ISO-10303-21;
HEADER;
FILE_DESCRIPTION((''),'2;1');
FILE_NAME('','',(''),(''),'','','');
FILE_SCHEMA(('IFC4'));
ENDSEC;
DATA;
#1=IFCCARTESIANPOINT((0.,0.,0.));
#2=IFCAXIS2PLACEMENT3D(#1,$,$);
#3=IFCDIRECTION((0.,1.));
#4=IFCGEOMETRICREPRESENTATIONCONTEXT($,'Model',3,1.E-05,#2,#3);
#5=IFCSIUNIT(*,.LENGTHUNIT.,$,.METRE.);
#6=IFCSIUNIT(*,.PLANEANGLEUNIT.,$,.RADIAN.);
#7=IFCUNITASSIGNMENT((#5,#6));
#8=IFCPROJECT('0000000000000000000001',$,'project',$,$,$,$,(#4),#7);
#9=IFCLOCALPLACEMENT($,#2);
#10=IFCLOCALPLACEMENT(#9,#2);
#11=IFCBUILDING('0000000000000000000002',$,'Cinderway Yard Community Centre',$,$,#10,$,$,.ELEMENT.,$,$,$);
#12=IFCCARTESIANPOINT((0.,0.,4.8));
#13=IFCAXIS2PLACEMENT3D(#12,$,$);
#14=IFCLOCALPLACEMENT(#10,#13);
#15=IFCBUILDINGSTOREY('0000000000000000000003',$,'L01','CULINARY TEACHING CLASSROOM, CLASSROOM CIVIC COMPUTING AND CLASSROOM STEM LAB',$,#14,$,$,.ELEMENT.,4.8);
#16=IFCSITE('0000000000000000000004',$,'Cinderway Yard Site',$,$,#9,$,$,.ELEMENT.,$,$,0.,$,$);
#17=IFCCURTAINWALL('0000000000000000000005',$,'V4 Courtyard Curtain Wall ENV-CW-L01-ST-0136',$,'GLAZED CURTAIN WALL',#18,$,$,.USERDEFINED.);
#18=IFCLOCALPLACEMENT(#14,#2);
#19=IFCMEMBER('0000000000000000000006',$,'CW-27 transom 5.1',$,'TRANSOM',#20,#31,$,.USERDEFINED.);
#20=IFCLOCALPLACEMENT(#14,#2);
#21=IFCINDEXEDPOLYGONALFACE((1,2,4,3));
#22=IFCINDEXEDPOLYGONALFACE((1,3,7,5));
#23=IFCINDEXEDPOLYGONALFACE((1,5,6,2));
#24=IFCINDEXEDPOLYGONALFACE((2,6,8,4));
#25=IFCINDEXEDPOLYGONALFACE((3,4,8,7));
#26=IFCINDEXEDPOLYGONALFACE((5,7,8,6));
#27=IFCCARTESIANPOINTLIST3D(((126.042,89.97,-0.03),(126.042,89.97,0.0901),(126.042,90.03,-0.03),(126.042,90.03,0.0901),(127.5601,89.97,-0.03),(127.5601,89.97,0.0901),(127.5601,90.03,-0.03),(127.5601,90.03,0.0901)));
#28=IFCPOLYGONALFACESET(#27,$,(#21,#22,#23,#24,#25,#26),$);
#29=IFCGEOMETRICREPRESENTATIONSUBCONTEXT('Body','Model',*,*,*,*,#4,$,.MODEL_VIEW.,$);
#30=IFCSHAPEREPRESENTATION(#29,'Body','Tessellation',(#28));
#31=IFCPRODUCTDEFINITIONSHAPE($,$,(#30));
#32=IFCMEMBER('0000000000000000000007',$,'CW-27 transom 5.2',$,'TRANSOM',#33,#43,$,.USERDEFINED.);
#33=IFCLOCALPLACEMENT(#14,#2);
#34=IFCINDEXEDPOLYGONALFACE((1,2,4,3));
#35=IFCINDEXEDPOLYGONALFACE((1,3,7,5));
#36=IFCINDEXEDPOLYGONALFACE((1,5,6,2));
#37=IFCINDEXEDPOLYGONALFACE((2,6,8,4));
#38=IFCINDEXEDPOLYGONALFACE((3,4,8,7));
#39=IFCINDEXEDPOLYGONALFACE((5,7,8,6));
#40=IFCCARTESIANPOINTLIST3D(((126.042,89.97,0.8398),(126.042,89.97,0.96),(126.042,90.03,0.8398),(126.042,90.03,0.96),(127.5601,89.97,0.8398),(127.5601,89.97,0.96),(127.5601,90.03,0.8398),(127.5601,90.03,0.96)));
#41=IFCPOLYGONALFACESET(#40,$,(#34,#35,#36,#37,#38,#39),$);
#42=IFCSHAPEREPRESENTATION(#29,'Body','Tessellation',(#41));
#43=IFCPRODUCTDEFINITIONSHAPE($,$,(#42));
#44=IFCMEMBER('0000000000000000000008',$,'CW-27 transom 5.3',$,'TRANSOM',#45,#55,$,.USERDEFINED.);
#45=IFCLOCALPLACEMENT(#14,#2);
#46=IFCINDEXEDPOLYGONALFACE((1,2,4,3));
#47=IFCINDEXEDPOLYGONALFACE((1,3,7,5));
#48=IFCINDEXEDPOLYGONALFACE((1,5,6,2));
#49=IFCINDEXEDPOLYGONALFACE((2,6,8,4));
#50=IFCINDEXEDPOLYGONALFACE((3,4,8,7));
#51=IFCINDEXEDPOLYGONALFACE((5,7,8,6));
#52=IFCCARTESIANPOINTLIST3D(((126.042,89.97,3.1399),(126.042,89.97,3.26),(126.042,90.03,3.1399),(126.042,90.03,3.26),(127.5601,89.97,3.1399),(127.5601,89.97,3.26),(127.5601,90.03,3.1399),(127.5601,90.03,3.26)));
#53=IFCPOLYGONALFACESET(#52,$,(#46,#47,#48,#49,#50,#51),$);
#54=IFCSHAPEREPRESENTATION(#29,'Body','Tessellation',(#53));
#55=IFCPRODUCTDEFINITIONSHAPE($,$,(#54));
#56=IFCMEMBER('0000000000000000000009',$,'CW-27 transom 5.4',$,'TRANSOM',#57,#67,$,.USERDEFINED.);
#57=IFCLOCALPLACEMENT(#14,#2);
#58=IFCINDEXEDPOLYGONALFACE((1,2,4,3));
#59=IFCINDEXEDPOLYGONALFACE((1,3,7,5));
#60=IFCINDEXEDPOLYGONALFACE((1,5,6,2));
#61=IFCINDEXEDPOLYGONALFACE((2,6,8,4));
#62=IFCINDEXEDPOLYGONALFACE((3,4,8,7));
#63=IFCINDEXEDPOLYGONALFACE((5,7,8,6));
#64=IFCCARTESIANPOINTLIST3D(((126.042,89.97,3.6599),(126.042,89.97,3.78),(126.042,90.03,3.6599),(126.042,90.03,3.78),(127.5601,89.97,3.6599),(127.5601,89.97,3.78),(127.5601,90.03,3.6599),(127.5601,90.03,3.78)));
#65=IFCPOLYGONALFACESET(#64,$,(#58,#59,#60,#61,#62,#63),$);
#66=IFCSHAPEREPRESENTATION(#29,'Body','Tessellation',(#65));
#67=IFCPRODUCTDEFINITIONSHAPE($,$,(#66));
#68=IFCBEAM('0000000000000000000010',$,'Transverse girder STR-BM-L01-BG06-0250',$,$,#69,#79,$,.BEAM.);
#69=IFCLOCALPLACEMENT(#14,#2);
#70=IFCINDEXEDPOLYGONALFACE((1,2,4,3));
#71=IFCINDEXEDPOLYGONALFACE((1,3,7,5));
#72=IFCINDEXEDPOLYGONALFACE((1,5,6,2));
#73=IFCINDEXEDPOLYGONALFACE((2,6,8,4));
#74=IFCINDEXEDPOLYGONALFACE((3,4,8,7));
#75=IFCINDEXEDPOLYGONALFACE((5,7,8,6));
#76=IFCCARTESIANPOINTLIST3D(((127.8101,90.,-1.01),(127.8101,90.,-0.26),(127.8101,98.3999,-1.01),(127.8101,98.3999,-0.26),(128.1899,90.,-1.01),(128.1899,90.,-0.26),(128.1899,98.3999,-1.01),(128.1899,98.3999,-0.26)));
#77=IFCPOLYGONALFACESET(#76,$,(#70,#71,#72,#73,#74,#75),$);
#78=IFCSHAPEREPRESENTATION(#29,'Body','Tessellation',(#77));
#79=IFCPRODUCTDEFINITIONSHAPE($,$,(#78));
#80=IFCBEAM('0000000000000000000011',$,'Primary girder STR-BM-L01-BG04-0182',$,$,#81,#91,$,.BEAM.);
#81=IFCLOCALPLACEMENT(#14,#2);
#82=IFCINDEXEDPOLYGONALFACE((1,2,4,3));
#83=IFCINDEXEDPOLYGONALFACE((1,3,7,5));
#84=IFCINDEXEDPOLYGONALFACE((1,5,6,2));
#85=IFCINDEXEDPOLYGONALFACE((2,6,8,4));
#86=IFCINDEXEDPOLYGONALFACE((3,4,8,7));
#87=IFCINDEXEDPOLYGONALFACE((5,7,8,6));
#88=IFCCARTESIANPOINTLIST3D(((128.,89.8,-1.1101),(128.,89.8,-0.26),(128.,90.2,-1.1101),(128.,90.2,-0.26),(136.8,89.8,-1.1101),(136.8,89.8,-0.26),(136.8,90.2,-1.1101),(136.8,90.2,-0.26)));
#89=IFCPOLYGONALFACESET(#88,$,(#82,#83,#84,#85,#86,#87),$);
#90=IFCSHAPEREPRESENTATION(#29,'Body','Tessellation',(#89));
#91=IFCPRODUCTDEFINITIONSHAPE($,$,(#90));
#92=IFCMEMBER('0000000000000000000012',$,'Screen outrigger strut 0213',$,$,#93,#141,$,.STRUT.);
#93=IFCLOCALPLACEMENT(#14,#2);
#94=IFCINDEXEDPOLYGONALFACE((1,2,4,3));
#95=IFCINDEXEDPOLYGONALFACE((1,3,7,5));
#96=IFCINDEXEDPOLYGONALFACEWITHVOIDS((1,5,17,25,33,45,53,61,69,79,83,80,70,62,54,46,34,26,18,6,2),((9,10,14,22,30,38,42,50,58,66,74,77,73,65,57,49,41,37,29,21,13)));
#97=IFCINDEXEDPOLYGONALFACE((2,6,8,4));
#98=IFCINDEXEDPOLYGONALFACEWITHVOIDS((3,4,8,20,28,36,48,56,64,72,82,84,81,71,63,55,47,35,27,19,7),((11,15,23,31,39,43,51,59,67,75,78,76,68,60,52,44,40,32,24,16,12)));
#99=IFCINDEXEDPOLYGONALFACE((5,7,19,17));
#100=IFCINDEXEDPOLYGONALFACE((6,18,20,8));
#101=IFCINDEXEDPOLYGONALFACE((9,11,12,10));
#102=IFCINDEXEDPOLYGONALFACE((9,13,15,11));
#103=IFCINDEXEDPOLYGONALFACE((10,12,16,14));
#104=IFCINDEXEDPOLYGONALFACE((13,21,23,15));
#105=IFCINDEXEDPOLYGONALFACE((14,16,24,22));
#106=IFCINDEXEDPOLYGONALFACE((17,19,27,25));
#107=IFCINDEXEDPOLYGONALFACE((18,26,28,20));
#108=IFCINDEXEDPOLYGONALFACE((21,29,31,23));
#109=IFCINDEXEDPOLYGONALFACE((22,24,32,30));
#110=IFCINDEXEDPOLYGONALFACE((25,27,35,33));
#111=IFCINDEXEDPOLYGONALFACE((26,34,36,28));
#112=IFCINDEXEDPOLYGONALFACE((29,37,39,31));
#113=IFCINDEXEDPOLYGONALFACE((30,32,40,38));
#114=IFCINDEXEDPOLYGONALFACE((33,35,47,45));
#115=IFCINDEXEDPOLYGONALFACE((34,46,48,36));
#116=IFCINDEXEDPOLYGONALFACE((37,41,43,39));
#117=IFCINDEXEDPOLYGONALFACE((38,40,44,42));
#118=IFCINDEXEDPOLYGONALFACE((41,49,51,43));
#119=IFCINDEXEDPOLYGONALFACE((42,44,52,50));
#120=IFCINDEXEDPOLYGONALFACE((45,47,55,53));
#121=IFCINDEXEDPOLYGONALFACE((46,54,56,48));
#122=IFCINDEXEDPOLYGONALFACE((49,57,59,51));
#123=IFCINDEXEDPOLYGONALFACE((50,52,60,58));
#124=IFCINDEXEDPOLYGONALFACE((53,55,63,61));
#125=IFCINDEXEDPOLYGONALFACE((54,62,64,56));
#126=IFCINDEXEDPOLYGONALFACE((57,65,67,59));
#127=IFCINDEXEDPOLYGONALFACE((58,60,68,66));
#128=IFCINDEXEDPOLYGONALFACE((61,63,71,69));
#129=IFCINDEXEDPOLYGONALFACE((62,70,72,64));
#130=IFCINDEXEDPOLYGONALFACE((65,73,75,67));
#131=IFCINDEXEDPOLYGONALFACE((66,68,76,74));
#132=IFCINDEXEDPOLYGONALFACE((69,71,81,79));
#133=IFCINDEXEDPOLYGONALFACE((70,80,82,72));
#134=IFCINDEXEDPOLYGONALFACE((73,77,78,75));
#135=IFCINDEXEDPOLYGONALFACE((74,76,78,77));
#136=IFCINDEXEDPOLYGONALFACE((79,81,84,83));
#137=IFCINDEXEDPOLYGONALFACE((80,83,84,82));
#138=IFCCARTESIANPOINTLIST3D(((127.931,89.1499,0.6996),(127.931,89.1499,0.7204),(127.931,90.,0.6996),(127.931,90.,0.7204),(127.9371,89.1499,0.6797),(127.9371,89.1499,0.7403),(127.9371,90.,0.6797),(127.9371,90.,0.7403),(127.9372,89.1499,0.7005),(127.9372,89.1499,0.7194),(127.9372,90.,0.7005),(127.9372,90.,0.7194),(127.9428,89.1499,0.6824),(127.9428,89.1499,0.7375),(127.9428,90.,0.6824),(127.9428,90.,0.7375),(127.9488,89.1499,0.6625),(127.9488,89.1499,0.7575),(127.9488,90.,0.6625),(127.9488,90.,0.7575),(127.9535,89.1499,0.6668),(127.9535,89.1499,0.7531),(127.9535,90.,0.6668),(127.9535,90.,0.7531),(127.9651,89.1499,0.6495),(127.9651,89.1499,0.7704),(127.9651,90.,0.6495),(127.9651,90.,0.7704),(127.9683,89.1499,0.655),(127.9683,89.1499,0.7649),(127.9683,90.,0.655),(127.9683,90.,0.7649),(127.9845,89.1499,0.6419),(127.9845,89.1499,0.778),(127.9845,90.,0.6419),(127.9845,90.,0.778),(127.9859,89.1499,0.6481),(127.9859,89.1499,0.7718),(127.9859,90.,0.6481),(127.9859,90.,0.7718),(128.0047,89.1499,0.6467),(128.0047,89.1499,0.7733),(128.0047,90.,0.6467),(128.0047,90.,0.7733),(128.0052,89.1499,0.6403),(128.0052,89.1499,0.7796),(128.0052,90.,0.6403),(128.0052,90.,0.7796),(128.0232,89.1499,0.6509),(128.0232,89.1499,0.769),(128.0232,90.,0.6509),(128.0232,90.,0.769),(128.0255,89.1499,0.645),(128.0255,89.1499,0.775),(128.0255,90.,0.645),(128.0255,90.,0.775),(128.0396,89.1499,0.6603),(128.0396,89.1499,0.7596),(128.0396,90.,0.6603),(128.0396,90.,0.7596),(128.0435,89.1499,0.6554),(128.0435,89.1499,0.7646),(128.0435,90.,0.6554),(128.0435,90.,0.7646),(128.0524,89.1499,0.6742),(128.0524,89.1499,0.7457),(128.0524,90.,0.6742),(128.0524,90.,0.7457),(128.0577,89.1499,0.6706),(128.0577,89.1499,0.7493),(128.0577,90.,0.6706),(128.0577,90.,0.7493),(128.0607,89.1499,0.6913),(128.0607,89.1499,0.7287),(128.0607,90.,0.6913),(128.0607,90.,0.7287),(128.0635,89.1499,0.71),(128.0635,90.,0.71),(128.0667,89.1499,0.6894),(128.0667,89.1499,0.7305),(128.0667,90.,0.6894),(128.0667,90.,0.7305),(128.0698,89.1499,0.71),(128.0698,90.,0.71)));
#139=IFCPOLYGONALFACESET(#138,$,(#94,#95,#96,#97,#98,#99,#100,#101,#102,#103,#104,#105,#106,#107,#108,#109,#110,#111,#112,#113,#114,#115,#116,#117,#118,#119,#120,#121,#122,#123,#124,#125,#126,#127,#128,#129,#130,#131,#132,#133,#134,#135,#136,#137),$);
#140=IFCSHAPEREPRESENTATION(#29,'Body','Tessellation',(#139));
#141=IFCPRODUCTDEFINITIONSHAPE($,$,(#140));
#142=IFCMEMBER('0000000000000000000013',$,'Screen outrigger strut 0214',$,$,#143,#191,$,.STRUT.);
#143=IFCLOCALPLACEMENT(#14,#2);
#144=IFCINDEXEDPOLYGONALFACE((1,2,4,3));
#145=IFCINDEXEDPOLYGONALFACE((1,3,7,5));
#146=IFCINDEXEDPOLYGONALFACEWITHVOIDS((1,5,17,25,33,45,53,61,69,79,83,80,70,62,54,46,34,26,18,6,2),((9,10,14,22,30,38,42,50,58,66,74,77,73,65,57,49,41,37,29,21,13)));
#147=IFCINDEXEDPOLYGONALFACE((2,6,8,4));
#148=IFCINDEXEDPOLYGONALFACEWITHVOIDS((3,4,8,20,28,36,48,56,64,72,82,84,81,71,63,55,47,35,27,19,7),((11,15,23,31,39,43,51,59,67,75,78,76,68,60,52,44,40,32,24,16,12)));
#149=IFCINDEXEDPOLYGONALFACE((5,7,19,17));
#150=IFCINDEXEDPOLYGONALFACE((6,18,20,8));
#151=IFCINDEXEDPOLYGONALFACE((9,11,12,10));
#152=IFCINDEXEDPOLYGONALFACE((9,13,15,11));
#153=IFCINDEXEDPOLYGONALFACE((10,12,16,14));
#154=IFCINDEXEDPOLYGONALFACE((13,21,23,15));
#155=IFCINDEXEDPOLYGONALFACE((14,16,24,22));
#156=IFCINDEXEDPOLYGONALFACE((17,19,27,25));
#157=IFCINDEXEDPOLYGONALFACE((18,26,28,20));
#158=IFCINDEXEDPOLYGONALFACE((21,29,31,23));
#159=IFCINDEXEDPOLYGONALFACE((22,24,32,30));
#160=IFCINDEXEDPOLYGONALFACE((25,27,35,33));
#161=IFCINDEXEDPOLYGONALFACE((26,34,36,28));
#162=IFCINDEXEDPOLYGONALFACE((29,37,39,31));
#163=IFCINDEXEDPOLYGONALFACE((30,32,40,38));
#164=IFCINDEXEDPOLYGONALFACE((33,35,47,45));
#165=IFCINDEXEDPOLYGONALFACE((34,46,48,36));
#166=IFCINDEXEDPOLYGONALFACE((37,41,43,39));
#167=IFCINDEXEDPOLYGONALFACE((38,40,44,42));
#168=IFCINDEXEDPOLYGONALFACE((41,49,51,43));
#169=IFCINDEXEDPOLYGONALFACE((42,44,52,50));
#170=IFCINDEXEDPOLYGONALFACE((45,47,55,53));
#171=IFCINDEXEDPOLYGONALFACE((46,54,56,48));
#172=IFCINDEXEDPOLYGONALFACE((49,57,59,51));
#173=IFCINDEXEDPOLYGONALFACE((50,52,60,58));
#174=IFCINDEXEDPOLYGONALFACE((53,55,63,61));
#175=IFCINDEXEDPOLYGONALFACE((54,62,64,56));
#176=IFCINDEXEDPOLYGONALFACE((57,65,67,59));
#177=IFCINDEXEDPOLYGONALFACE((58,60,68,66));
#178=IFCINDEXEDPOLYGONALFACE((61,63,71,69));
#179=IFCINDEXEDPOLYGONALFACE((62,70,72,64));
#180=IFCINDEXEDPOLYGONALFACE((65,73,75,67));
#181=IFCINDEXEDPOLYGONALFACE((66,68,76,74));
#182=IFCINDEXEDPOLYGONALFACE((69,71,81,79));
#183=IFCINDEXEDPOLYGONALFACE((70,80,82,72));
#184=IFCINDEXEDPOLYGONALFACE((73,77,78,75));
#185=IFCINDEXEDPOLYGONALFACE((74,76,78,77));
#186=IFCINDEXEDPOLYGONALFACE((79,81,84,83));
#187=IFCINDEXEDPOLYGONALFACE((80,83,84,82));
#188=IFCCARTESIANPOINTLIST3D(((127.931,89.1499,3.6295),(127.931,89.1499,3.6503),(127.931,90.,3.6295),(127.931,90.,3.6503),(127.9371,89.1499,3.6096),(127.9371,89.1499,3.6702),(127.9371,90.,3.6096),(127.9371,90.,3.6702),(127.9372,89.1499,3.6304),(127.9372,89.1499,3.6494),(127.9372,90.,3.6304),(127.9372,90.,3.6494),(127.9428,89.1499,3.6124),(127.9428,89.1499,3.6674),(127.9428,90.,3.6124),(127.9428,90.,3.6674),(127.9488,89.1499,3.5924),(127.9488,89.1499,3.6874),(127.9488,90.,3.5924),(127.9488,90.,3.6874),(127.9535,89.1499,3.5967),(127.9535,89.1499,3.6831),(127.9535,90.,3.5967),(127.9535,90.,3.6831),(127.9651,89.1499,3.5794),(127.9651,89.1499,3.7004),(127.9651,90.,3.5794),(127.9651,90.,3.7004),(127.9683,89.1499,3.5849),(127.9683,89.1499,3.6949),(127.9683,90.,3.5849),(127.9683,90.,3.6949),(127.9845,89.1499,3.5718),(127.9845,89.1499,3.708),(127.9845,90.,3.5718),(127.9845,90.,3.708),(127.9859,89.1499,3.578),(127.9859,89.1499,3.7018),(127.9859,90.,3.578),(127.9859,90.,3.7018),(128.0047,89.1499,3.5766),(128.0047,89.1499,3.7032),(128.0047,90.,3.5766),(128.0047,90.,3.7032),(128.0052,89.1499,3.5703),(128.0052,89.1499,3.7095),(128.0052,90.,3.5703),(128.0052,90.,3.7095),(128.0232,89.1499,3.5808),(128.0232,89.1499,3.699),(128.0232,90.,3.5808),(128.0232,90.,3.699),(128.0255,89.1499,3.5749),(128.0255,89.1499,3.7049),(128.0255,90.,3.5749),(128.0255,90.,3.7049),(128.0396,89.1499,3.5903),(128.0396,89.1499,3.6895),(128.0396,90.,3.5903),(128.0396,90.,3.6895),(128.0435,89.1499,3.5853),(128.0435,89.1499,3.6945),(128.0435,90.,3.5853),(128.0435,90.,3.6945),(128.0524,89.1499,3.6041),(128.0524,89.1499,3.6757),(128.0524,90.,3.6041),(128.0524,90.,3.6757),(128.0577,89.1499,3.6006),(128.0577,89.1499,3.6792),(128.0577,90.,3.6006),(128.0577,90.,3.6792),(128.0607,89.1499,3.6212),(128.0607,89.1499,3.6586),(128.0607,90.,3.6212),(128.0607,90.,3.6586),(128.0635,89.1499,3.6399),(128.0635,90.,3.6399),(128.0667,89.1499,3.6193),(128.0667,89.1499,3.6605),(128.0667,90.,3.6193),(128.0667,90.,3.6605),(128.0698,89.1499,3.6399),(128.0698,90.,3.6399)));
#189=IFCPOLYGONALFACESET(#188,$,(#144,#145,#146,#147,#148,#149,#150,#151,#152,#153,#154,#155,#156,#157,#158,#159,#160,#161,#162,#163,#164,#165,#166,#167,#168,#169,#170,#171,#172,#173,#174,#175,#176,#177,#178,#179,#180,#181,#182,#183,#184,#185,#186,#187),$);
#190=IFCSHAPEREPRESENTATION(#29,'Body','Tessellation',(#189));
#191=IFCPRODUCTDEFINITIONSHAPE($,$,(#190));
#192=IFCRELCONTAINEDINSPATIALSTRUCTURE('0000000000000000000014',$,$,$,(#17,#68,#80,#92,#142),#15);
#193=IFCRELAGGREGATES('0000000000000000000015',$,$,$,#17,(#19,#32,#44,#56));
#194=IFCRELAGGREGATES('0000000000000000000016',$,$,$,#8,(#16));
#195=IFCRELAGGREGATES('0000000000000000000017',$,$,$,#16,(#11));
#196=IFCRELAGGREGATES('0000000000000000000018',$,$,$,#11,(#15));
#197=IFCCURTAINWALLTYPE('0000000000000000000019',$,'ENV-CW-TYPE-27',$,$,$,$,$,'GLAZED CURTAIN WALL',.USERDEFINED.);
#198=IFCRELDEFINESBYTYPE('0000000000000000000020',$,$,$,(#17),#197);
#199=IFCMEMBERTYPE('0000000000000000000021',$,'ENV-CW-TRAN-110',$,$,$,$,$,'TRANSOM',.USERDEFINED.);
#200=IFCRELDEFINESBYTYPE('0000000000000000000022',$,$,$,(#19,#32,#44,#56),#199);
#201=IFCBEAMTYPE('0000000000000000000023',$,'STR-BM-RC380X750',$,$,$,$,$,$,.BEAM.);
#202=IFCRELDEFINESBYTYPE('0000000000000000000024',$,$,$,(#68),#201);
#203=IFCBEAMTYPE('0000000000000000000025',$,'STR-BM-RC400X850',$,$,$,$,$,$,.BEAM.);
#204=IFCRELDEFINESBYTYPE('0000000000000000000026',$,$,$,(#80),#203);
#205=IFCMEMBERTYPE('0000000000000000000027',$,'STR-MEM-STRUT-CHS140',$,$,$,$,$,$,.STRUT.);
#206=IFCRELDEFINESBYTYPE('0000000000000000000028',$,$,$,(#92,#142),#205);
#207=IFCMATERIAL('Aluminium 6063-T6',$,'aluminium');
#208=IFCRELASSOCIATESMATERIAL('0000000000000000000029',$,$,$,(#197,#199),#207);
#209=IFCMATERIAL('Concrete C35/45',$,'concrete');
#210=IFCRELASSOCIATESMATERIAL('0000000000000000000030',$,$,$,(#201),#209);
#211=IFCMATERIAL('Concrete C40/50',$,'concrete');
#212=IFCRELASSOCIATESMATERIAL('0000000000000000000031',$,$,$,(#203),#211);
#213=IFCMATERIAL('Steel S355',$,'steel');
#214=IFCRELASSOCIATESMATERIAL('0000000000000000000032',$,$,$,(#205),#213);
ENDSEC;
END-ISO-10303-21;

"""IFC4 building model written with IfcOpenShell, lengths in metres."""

from ifc_helpers import new_model, si_unit, direction, frame, origin, origin_2d, place, context, subcontext, project, spatial, rectangle, hollow_circle, extrude, material, material_profile, profile_set, type_object, element, aggregate, save


model = new_model("IFC4")

# Units and contexts
model_context = context("Model", 3, precision=1e-05, world=origin(), true_north=direction((0.0, 1.0)))
body_context = subcontext(model_context, "Body", "Model", "MODEL_VIEW")
ifc_project = project(units=[si_unit("LENGTHUNIT", "METRE"), si_unit("PLANEANGLEUNIT", "RADIAN")], contexts=[model_context])

# Site, building, storey
site_placement = place(None, origin())
site = spatial("IfcSite", under=ifc_project, at=site_placement, Name="Cinderway Yard Site", CompositionType="ELEMENT", RefElevation=0.0)
building_placement = place(site_placement, origin())
building = spatial("IfcBuilding", under=site, at=building_placement, Name="Cinderway Yard Community Centre", CompositionType="ELEMENT")
storey_placement = place(building_placement, frame((0.0, 0.0, 4.8)))
storey = spatial("IfcBuildingStorey", under=building, at=storey_placement, Name="L01", Description="CULINARY TEACHING CLASSROOM, CLASSROOM CIVIC COMPUTING AND CLASSROOM STEM LAB", CompositionType="ELEMENT", Elevation=4.8)

# Shared definitions
ifc_material_1 = material(Name="Concrete C40/50", Category="concrete")

# Curtain wall
ifc_material_2 = material(Name="Aluminium 6063-T6", Category="aluminium")
curtain_wall_type = type_object("IfcCurtainWallType", Name="ENV-CW-TYPE-27", ElementType="GLAZED CURTAIN WALL", PredefinedType="USERDEFINED", material=ifc_material_2)
curtain_wall_1_placement = place(storey_placement, origin())
curtain_wall_1 = element("IfcCurtainWall", 1, at=curtain_wall_1_placement, inside=storey, type_object=curtain_wall_type, Name="V4 Courtyard Curtain Wall ENV-CW-L01-ST-0136", ObjectType="GLAZED CURTAIN WALL", PredefinedType="USERDEFINED")

# Members
ifc_material_profile_1 = material_profile(ifc_material_2, rectangle(XDim=0.0601, YDim=0.1201, at=origin_2d()), Name="Aluminium 6063-T6")
ifc_profile_set_1 = profile_set([ifc_material_profile_1], Name="Aluminium 6063-T6")
member_type_1 = type_object("IfcMemberType", Name="ENV-CW-TRAN-110", ElementType="TRANSOM", PredefinedType="USERDEFINED", material=ifc_profile_set_1)
member_1_placement = place(storey_placement, frame((126.042, 90.0, 0.03), z_axis=(1.0, 0.0, 0.0), x_axis=(0.0, 1.0, 0.0)))
member_1 = element("IfcMember", 2, at=member_1_placement, type_object=member_type_1, Name="CW-27 transom 5.1", ObjectType="TRANSOM", PredefinedType="USERDEFINED", context=body_context, shape_type="SweptSolid", body=[
    extrude(rectangle(XDim=0.0601, YDim=0.1201, at=origin_2d()), origin(), (0.0, 0.0, 1.0), 1.5181),
])
member_2_placement = place(storey_placement, frame((126.042, 90.0, 0.8999), z_axis=(1.0, 0.0, 0.0), x_axis=(0.0, 1.0, 0.0)))
member_2 = element("IfcMember", 3, at=member_2_placement, type_object=member_type_1, Name="CW-27 transom 5.2", ObjectType="TRANSOM", PredefinedType="USERDEFINED", context=body_context, shape_type="SweptSolid", body=[
    extrude(rectangle(XDim=0.0601, YDim=0.1201, at=origin_2d()), origin(), (0.0, 0.0, 1.0), 1.5181),
])
member_3_placement = place(storey_placement, frame((126.042, 90.0, 3.2), z_axis=(1.0, 0.0, 0.0), x_axis=(0.0, 1.0, 0.0)))
member_3 = element("IfcMember", 4, at=member_3_placement, type_object=member_type_1, Name="CW-27 transom 5.3", ObjectType="TRANSOM", PredefinedType="USERDEFINED", context=body_context, shape_type="SweptSolid", body=[
    extrude(rectangle(XDim=0.0601, YDim=0.1201, at=origin_2d()), origin(), (0.0, 0.0, 1.0), 1.5181),
])
member_4_placement = place(storey_placement, frame((126.042, 90.0, 3.72), z_axis=(1.0, 0.0, 0.0), x_axis=(0.0, 1.0, 0.0)))
member_4 = element("IfcMember", 5, at=member_4_placement, type_object=member_type_1, Name="CW-27 transom 5.4", ObjectType="TRANSOM", PredefinedType="USERDEFINED", context=body_context, shape_type="SweptSolid", body=[
    extrude(rectangle(XDim=0.0601, YDim=0.1201, at=origin_2d()), origin(), (0.0, 0.0, 1.0), 1.5181),
])

# Beams
ifc_material_3 = material(Name="Concrete C35/45", Category="concrete")
ifc_material_profile_2 = material_profile(ifc_material_3, rectangle(XDim=0.3799, YDim=0.75, at=origin_2d()), Name="Concrete C35/45")
ifc_profile_set_2 = profile_set([ifc_material_profile_2], Name="Concrete C35/45")
beam_type_1 = type_object("IfcBeamType", Name="STR-BM-RC380X750", PredefinedType="BEAM", material=ifc_profile_set_2)
beam_1_placement = place(storey_placement, frame((128.0, 90.0, -0.635), z_axis=(0.0, 1.0, 0.0), x_axis=(-1.0, 0.0, 0.0)))
element("IfcBeam", 6, at=beam_1_placement, inside=storey, type_object=beam_type_1, Name="Transverse girder STR-BM-L01-BG06-0250", PredefinedType="BEAM", context=body_context, shape_type="SweptSolid", body=[
    extrude(rectangle(XDim=0.3799, YDim=0.75, at=origin_2d()), origin(), (0.0, 0.0, 1.0), 8.3999),
])
ifc_material_profile_3 = material_profile(ifc_material_1, rectangle(XDim=0.3999, YDim=0.8501, at=origin_2d()), Name="Concrete C40/50")
ifc_profile_set_3 = profile_set([ifc_material_profile_3], Name="Concrete C40/50")
beam_type_2 = type_object("IfcBeamType", Name="STR-BM-RC400X850", PredefinedType="BEAM", material=ifc_profile_set_3)
beam_2_placement = place(storey_placement, frame((128.0, 90.0, -0.6851), z_axis=(1.0, 0.0, 0.0), x_axis=(0.0, 1.0, 0.0)))
element("IfcBeam", 7, at=beam_2_placement, inside=storey, type_object=beam_type_2, Name="Primary girder STR-BM-L01-BG04-0182", PredefinedType="BEAM", context=body_context, shape_type="SweptSolid", body=[
    extrude(rectangle(XDim=0.3999, YDim=0.8501, at=origin_2d()), origin(), (0.0, 0.0, 1.0), 8.8),
])

# Members
ifc_material_4 = material(Name="Steel S355", Category="steel")
ifc_material_profile_4 = material_profile(ifc_material_4, hollow_circle(Radius=0.0698, WallThickness=0.0063, at=origin_2d()), Name="Steel S355")
ifc_profile_set_4 = profile_set([ifc_material_profile_4], Name="Steel S355")
member_type_2 = type_object("IfcMemberType", Name="STR-MEM-STRUT-CHS140", PredefinedType="STRUT", material=ifc_profile_set_4)
for number, where, z_axis, x_axis, name in (
    (8, (128.0, 90.0, 0.71), (0.0, -1.0, 0.0), (1.0, 0.0, 0.0), "Screen outrigger strut 0213"),
    (9, (128.0, 90.0, 3.6399), (0.0, -1.0, 0.0), (1.0, 0.0, 0.0), "Screen outrigger strut 0214"),
):
    element("IfcMember", number, at=place(storey_placement, frame(where, z_axis=z_axis, x_axis=x_axis)), inside=storey, type_object=member_type_2, Name=name, PredefinedType="STRUT", context=body_context, shape_type="SweptSolid", body=[
        extrude(hollow_circle(Radius=0.0698, WallThickness=0.0063, at=origin_2d()), origin(), (0.0, 0.0, 1.0), 0.8501),
    ])

aggregate(curtain_wall_1, [member_1, member_2, member_3, member_4])

save(model, "model.ifc")
